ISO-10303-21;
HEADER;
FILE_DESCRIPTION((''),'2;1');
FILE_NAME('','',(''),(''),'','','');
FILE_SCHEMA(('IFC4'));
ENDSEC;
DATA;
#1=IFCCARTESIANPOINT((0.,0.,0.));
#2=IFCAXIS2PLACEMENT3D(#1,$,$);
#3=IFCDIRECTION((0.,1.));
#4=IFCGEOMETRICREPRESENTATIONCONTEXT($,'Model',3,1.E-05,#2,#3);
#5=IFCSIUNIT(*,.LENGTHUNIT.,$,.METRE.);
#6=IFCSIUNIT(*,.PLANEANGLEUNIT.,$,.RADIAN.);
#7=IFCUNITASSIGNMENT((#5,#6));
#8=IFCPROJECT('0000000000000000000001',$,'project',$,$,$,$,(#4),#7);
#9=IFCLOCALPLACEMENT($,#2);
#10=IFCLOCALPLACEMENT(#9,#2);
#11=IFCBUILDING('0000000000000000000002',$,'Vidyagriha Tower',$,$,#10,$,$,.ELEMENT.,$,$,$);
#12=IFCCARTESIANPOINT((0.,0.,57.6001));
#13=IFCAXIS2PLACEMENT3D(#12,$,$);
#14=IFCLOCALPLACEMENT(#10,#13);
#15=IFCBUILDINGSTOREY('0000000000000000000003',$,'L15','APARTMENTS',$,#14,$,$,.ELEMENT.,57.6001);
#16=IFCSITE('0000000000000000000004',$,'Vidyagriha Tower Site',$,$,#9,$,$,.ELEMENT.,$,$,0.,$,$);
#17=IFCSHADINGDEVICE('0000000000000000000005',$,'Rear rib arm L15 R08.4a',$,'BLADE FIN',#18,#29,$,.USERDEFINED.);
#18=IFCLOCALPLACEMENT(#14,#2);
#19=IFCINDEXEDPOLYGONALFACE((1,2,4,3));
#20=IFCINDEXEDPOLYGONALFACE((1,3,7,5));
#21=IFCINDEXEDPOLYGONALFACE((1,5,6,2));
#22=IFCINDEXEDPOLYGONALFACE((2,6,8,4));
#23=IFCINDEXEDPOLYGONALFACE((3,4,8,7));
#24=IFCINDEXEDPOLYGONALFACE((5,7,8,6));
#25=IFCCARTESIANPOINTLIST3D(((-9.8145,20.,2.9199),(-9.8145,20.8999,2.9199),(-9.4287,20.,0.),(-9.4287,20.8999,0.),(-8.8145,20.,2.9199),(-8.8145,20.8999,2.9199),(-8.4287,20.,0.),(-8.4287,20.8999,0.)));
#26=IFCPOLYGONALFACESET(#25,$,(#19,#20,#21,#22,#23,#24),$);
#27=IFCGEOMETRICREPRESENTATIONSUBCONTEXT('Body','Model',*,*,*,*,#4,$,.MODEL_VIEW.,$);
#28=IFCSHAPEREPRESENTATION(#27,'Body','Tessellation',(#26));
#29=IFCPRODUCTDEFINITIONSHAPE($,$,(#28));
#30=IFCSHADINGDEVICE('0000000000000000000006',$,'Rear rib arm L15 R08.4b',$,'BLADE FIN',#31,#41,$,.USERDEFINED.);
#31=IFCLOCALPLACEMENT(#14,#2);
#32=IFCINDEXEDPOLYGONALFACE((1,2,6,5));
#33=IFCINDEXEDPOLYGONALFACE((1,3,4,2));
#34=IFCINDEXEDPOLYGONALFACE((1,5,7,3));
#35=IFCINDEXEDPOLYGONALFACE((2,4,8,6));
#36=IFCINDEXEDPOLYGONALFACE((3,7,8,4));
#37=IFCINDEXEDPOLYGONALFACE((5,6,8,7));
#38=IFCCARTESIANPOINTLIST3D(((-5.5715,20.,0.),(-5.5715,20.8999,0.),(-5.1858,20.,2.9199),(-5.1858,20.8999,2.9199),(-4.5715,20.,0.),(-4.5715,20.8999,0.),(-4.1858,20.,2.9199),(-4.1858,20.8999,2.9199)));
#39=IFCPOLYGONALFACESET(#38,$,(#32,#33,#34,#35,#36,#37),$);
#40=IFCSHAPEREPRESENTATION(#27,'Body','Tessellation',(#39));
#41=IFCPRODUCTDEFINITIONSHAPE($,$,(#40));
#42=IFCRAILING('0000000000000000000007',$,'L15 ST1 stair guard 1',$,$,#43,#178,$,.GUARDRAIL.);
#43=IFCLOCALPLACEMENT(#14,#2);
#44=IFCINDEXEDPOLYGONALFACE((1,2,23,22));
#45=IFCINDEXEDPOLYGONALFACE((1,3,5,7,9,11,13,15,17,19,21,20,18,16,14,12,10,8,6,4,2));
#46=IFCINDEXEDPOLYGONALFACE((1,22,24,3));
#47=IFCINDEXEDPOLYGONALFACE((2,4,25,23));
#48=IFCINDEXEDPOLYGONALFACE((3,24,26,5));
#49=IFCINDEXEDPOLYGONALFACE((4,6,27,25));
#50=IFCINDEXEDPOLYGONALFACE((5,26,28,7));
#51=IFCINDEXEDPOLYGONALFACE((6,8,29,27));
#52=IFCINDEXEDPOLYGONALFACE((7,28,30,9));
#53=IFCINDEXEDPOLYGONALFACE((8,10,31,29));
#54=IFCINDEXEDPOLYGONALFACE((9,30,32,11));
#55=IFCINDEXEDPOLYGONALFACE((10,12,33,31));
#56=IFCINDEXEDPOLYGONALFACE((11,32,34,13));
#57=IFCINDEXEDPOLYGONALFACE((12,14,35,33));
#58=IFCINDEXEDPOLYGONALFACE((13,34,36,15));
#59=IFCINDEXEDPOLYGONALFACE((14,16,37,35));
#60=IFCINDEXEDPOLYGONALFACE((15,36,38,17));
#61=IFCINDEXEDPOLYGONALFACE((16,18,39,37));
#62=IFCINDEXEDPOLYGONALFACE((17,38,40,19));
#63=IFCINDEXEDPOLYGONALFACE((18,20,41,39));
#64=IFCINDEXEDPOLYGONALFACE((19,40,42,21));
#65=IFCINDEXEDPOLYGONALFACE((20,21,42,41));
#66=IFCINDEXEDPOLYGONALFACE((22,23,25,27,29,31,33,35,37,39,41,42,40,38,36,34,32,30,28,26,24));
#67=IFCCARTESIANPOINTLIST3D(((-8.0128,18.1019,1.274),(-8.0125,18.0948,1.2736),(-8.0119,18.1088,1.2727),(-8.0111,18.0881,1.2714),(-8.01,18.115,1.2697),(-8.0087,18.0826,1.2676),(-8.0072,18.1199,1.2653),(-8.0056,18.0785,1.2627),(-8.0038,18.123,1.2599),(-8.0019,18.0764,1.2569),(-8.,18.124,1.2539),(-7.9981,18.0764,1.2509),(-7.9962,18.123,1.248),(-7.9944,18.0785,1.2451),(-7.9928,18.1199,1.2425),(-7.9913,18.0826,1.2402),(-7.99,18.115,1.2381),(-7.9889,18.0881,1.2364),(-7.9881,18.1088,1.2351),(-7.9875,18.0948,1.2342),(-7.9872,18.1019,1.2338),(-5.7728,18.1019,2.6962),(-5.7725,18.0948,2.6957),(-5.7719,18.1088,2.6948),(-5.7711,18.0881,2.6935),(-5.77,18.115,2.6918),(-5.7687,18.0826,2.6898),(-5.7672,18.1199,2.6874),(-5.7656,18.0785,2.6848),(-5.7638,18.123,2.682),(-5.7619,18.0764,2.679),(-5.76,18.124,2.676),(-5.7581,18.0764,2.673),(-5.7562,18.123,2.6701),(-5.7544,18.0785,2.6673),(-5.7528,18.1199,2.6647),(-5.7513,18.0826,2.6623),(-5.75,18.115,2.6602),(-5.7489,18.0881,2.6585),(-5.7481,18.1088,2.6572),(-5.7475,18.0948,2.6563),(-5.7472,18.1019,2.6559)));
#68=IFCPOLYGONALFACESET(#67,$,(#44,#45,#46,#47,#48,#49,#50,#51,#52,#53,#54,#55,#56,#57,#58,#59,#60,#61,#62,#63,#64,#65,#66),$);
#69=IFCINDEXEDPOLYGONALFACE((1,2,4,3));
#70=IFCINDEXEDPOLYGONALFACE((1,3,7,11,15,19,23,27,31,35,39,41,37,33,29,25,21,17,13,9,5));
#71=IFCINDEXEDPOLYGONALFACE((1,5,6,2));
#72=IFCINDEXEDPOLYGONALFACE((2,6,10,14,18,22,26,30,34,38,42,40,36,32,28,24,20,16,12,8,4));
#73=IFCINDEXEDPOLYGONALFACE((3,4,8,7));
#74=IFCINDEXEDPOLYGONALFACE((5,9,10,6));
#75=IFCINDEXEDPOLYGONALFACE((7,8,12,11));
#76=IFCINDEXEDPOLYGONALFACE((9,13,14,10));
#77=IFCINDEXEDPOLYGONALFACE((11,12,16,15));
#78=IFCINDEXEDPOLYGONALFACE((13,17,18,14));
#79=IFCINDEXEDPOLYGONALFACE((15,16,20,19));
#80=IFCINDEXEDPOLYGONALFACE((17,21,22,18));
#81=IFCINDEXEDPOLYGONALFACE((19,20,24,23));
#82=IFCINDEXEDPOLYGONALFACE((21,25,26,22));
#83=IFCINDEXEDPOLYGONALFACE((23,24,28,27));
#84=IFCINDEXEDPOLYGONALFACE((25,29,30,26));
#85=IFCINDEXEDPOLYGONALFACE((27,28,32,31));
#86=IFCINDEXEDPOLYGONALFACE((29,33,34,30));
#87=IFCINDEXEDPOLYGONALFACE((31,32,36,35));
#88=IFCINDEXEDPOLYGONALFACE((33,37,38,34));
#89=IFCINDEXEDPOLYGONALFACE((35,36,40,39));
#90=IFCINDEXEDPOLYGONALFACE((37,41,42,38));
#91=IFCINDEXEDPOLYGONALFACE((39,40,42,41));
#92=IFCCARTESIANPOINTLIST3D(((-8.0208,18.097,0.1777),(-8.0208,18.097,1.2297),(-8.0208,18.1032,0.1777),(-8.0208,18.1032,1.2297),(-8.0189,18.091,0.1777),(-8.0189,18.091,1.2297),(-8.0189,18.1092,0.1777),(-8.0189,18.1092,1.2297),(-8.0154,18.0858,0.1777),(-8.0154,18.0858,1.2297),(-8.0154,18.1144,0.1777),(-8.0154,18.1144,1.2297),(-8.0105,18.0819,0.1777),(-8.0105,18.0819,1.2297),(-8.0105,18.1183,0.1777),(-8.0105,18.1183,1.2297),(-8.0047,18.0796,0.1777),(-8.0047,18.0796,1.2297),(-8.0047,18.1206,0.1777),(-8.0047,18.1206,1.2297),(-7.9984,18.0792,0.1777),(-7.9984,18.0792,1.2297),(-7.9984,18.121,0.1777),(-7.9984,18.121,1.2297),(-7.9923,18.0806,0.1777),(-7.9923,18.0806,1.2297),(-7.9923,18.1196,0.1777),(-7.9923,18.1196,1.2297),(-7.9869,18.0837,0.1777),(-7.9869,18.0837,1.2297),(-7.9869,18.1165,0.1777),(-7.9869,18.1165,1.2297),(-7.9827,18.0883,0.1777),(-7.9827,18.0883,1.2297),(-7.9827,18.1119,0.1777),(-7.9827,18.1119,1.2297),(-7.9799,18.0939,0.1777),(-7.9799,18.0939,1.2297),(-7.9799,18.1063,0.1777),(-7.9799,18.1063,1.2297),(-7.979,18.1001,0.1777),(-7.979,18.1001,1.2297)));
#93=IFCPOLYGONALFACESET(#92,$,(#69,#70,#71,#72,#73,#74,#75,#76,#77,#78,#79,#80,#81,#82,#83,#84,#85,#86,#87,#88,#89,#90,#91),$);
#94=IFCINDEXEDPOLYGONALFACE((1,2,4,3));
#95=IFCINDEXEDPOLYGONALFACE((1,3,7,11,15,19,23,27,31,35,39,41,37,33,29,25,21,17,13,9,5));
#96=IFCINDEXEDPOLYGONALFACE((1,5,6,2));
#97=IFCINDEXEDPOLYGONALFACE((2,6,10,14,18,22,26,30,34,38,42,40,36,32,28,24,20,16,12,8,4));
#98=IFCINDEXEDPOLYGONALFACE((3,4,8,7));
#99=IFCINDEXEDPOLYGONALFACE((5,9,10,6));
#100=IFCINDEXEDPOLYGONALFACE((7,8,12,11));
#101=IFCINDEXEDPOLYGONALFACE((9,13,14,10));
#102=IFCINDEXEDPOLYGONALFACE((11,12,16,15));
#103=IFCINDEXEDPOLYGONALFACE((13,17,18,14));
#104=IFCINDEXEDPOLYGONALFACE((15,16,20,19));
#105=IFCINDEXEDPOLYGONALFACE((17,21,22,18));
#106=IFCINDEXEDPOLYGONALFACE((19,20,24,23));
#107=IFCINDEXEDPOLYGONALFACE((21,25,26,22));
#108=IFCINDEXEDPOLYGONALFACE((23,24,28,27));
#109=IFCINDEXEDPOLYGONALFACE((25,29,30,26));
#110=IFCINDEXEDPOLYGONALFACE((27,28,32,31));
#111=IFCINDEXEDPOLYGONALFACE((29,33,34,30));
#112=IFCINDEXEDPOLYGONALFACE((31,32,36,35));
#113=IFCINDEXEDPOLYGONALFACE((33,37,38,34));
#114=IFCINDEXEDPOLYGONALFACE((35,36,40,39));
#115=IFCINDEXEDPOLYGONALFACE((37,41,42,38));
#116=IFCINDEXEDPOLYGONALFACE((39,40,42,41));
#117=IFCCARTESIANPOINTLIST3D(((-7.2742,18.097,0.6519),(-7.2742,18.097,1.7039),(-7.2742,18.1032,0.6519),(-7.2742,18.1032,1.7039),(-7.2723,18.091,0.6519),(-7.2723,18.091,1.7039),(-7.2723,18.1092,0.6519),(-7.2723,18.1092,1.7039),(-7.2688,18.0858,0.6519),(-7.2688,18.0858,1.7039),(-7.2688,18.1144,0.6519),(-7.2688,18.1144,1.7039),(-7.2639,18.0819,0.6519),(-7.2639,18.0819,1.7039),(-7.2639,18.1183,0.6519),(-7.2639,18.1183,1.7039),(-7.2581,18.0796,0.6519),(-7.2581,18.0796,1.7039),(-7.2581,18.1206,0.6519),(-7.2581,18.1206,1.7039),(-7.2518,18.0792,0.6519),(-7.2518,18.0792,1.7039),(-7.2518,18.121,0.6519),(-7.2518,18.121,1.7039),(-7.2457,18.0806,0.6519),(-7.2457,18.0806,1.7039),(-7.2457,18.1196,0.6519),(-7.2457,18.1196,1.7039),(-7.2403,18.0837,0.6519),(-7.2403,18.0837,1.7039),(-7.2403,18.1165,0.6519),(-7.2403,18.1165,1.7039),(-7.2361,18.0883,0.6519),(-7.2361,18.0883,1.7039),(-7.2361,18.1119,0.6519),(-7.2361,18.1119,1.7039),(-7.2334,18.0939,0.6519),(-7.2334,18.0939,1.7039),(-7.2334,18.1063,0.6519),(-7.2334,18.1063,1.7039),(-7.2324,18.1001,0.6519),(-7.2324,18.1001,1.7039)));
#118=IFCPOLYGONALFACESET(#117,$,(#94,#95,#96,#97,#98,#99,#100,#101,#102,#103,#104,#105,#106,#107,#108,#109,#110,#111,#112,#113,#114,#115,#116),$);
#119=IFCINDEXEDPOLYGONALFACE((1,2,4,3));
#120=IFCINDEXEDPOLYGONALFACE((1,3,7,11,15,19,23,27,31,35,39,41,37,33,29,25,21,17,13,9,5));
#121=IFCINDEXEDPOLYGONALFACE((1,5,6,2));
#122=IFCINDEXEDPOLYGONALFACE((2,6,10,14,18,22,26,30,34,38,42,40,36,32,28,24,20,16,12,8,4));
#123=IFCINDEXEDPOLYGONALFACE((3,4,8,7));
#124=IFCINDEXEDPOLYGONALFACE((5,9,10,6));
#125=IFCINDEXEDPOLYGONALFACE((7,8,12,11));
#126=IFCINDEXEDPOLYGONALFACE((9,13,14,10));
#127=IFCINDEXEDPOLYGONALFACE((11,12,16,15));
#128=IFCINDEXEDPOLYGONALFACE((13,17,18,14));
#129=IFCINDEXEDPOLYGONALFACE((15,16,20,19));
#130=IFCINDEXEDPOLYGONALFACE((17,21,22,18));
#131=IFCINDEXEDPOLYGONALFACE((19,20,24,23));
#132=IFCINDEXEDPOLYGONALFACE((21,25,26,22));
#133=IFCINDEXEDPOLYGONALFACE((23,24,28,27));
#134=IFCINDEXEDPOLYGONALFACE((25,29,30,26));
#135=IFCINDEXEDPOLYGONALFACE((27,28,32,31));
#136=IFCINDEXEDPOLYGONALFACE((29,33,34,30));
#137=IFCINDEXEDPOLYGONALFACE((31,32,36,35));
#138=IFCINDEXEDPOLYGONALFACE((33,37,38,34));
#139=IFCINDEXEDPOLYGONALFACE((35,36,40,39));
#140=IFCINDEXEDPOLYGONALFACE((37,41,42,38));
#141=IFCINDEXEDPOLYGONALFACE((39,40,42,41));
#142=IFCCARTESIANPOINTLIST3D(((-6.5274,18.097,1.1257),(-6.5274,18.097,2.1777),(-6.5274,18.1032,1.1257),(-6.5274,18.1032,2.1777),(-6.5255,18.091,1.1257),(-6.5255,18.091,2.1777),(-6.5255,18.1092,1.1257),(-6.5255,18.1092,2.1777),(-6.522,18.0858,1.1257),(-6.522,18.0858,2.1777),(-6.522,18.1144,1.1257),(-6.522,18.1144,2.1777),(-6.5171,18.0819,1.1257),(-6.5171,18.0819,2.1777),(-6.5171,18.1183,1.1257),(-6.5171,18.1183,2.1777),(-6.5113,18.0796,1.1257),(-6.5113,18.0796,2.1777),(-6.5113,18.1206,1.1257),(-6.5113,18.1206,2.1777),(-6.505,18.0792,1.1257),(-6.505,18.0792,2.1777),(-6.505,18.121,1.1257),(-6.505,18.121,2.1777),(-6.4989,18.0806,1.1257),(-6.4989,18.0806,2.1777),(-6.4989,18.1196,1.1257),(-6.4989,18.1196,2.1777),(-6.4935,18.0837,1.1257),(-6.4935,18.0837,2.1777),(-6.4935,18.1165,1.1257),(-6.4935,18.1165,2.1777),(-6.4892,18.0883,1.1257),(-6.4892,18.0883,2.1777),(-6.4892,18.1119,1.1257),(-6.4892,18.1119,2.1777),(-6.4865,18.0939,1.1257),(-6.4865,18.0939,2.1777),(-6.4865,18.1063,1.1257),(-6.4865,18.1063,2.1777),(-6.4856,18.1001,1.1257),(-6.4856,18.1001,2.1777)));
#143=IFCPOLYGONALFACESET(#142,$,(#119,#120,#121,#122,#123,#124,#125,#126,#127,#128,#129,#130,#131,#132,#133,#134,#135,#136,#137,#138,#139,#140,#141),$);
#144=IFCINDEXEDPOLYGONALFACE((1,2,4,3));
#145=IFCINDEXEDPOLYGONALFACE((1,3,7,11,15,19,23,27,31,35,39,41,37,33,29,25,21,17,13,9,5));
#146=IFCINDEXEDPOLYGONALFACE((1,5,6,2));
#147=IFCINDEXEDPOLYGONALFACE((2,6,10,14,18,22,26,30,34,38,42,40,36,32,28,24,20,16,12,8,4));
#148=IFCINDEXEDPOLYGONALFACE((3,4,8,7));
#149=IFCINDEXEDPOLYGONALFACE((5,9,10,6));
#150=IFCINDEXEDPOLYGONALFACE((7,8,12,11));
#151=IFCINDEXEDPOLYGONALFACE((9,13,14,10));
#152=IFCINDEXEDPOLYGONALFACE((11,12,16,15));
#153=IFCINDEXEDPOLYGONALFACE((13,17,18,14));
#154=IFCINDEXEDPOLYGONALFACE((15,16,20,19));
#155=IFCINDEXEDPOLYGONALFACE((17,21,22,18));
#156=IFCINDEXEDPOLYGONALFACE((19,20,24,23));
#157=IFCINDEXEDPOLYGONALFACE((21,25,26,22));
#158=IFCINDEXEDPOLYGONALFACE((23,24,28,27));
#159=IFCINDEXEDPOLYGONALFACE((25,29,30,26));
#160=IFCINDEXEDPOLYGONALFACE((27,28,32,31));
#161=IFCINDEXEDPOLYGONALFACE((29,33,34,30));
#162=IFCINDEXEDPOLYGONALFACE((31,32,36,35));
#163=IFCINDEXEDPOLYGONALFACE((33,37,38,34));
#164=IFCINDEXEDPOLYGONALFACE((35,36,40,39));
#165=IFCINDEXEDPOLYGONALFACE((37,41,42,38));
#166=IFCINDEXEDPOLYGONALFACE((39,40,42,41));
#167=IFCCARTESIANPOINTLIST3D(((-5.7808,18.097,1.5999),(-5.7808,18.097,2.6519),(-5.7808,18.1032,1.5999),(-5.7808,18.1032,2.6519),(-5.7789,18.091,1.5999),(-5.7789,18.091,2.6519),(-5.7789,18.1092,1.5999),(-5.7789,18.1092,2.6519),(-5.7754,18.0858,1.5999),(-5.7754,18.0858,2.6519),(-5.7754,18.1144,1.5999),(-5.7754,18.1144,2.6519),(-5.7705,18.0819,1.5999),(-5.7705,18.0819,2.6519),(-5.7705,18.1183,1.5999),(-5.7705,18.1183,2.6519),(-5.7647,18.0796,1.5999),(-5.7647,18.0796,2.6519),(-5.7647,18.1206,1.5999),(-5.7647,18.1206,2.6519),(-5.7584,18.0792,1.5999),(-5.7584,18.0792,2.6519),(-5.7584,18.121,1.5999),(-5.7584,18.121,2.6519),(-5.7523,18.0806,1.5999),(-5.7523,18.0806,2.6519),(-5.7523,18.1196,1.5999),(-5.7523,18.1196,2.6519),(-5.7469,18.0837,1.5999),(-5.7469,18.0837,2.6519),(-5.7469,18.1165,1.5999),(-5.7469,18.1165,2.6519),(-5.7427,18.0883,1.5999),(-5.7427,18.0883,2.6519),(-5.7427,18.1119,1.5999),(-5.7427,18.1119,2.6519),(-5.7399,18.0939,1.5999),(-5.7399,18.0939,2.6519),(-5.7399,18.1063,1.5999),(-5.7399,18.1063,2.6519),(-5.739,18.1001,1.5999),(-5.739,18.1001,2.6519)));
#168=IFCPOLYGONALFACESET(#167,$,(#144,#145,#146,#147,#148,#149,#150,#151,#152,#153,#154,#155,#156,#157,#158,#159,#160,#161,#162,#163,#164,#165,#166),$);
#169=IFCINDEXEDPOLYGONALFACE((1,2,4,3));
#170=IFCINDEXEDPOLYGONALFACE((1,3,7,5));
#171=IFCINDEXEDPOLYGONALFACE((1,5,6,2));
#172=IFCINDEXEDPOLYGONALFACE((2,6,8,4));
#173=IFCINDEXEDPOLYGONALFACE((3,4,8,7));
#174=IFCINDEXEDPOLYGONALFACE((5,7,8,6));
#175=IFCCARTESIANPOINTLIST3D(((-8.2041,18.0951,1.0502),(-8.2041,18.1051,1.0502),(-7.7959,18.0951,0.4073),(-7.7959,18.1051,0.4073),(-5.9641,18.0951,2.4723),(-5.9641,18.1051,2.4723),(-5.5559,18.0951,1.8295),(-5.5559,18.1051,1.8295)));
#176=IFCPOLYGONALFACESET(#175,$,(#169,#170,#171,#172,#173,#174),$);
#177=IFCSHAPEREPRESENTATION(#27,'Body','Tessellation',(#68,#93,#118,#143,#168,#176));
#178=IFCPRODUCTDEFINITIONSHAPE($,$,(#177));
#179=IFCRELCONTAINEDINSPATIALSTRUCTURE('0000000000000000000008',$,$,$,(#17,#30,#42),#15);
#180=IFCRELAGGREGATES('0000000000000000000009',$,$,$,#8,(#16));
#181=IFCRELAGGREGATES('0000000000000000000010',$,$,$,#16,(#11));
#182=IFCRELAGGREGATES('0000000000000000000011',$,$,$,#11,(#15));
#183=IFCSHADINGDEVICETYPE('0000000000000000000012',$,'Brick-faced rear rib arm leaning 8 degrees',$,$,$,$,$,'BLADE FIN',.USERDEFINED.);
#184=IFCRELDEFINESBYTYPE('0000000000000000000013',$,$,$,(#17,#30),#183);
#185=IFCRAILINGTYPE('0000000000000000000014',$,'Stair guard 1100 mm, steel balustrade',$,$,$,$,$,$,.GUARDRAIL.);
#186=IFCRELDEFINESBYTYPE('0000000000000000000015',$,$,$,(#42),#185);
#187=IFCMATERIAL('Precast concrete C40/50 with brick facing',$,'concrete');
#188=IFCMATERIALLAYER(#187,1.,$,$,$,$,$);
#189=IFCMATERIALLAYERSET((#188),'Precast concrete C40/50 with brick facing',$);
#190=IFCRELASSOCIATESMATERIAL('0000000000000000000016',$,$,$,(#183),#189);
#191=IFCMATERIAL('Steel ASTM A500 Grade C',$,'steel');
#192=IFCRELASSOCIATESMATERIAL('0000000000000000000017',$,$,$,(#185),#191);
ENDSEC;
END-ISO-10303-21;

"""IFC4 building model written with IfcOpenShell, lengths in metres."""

from ifc_helpers import new_model, si_unit, direction, frame, origin, origin_2d, place, context, subcontext, project, spatial, polyline, rectangle, circle, outline, extrude, material, layer, layer_set, type_object, element, save


model = new_model("IFC4")

# Units and contexts
model_context = context("Model", 3, precision=1e-05, world=origin(), true_north=direction((0.0, 1.0)))
body_context = subcontext(model_context, "Body", "Model", "MODEL_VIEW")
ifc_project = project(units=[si_unit("LENGTHUNIT", "METRE"), si_unit("PLANEANGLEUNIT", "RADIAN")], contexts=[model_context])

# Site, building, storey
site_placement = place(None, origin())
site = spatial("IfcSite", under=ifc_project, at=site_placement, Name="Vidyagriha Tower Site", CompositionType="ELEMENT", RefElevation=0.0)
building_placement = place(site_placement, origin())
building = spatial("IfcBuilding", under=site, at=building_placement, Name="Vidyagriha Tower", CompositionType="ELEMENT")
storey_placement = place(building_placement, frame((0.0, 0.0, 57.6001)))
storey = spatial("IfcBuildingStorey", under=building, at=storey_placement, Name="L15", Description="APARTMENTS", CompositionType="ELEMENT", Elevation=57.6001)

# Shading devices
ifc_material_1 = material(Name="Precast concrete C40/50 with brick facing", Category="concrete")
ifc_layer_1 = layer(ifc_material_1, 1.0)
ifc_layer_set_1 = layer_set([ifc_layer_1], Name="Precast concrete C40/50 with brick facing")
shading_device_type = type_object("IfcShadingDeviceType", Name="Brick-faced rear rib arm leaning 8 degrees", ElementType="BLADE FIN", PredefinedType="USERDEFINED", material=ifc_layer_set_1)
shading_device_1_placement = place(storey_placement, frame((-8.4287, 20.45, 0.0), z_axis=(0.0, 0.0, 1.0), x_axis=(-1.0, 0.0, 0.0)))
element("IfcShadingDevice", 1, at=shading_device_1_placement, inside=storey, type_object=shading_device_type, Name="Rear rib arm L15 R08.4a", ObjectType="BLADE FIN", PredefinedType="USERDEFINED", context=body_context, shape_type="SweptSolid", body=[
    extrude(outline(polyline([(0.0, 0.0), (1.0, 0.0), (1.3857, 2.9199), (0.3857, 2.9199), (0.0, 0.0)])), frame((0.0, 0.45, 0.0), z_axis=(0.0, -1.0, 0.0), x_axis=(1.0, 0.0, 0.0)), (0.0, 0.0, 1.0), 0.8999),
])
shading_device_2_placement = place(storey_placement, frame((-4.1858, 20.45, 0.0), z_axis=(0.0, 0.0, 1.0), x_axis=(-1.0, 0.0, 0.0)))
element("IfcShadingDevice", 2, at=shading_device_2_placement, inside=storey, type_object=shading_device_type, Name="Rear rib arm L15 R08.4b", ObjectType="BLADE FIN", PredefinedType="USERDEFINED", context=body_context, shape_type="SweptSolid", body=[
    extrude(outline(polyline([(0.3857, 0.0), (1.3857, 0.0), (1.0, 2.9199), (0.0, 2.9199), (0.3857, 0.0)])), frame((0.0, 0.45, 0.0), z_axis=(0.0, -1.0, 0.0), x_axis=(1.0, 0.0, 0.0)), (0.0, 0.0, 1.0), 0.8999),
])

# Railing
ifc_material_2 = material(Name="Steel ASTM A500 Grade C", Category="steel")
railing_type_1 = type_object("IfcRailingType", Name="Stair guard 1100 mm, steel balustrade", PredefinedType="GUARDRAIL", material=ifc_material_2)
railing_1_placement = place(storey_placement, frame((-8.0, 18.1001, 0.1777)))
element("IfcRailing", 3, at=railing_1_placement, inside=storey, type_object=railing_type_1, Name="L15 ST1 stair guard 1", PredefinedType="GUARDRAIL", context=body_context, shape_type="SweptSolid", body=[
    extrude(circle(Radius=0.0239, at=origin_2d()), frame((0.0, 0.0, 1.0762), z_axis=(0.844229, 0.0, 0.535982), x_axis=(0.0, 1.0, 0.0)), (0.0, 0.0, 1.0), 2.6533),
    extrude(circle(Radius=0.021, at=origin_2d()), origin(), (0.0, 0.0, 1.0), 1.052),
    extrude(circle(Radius=0.021, at=origin_2d()), frame((0.7466, 0.0, 0.4741)), (0.0, 0.0, 1.0), 1.052),
    extrude(circle(Radius=0.021, at=origin_2d()), frame((1.4934, 0.0, 0.948)), (0.0, 0.0, 1.0), 1.052),
    extrude(circle(Radius=0.021, at=origin_2d()), frame((2.24, 0.0, 1.4221)), (0.0, 0.0, 1.0), 1.052),
    extrude(rectangle(XDim=0.01, YDim=0.7615, at=origin_2d()), frame((0.0, 0.0, 0.551), z_axis=(0.844229, 0.0, 0.535982), x_axis=(0.0, 1.0, 0.0)), (0.0, 0.0, 1.0), 2.6533),
])

save(model, "model.ifc")
